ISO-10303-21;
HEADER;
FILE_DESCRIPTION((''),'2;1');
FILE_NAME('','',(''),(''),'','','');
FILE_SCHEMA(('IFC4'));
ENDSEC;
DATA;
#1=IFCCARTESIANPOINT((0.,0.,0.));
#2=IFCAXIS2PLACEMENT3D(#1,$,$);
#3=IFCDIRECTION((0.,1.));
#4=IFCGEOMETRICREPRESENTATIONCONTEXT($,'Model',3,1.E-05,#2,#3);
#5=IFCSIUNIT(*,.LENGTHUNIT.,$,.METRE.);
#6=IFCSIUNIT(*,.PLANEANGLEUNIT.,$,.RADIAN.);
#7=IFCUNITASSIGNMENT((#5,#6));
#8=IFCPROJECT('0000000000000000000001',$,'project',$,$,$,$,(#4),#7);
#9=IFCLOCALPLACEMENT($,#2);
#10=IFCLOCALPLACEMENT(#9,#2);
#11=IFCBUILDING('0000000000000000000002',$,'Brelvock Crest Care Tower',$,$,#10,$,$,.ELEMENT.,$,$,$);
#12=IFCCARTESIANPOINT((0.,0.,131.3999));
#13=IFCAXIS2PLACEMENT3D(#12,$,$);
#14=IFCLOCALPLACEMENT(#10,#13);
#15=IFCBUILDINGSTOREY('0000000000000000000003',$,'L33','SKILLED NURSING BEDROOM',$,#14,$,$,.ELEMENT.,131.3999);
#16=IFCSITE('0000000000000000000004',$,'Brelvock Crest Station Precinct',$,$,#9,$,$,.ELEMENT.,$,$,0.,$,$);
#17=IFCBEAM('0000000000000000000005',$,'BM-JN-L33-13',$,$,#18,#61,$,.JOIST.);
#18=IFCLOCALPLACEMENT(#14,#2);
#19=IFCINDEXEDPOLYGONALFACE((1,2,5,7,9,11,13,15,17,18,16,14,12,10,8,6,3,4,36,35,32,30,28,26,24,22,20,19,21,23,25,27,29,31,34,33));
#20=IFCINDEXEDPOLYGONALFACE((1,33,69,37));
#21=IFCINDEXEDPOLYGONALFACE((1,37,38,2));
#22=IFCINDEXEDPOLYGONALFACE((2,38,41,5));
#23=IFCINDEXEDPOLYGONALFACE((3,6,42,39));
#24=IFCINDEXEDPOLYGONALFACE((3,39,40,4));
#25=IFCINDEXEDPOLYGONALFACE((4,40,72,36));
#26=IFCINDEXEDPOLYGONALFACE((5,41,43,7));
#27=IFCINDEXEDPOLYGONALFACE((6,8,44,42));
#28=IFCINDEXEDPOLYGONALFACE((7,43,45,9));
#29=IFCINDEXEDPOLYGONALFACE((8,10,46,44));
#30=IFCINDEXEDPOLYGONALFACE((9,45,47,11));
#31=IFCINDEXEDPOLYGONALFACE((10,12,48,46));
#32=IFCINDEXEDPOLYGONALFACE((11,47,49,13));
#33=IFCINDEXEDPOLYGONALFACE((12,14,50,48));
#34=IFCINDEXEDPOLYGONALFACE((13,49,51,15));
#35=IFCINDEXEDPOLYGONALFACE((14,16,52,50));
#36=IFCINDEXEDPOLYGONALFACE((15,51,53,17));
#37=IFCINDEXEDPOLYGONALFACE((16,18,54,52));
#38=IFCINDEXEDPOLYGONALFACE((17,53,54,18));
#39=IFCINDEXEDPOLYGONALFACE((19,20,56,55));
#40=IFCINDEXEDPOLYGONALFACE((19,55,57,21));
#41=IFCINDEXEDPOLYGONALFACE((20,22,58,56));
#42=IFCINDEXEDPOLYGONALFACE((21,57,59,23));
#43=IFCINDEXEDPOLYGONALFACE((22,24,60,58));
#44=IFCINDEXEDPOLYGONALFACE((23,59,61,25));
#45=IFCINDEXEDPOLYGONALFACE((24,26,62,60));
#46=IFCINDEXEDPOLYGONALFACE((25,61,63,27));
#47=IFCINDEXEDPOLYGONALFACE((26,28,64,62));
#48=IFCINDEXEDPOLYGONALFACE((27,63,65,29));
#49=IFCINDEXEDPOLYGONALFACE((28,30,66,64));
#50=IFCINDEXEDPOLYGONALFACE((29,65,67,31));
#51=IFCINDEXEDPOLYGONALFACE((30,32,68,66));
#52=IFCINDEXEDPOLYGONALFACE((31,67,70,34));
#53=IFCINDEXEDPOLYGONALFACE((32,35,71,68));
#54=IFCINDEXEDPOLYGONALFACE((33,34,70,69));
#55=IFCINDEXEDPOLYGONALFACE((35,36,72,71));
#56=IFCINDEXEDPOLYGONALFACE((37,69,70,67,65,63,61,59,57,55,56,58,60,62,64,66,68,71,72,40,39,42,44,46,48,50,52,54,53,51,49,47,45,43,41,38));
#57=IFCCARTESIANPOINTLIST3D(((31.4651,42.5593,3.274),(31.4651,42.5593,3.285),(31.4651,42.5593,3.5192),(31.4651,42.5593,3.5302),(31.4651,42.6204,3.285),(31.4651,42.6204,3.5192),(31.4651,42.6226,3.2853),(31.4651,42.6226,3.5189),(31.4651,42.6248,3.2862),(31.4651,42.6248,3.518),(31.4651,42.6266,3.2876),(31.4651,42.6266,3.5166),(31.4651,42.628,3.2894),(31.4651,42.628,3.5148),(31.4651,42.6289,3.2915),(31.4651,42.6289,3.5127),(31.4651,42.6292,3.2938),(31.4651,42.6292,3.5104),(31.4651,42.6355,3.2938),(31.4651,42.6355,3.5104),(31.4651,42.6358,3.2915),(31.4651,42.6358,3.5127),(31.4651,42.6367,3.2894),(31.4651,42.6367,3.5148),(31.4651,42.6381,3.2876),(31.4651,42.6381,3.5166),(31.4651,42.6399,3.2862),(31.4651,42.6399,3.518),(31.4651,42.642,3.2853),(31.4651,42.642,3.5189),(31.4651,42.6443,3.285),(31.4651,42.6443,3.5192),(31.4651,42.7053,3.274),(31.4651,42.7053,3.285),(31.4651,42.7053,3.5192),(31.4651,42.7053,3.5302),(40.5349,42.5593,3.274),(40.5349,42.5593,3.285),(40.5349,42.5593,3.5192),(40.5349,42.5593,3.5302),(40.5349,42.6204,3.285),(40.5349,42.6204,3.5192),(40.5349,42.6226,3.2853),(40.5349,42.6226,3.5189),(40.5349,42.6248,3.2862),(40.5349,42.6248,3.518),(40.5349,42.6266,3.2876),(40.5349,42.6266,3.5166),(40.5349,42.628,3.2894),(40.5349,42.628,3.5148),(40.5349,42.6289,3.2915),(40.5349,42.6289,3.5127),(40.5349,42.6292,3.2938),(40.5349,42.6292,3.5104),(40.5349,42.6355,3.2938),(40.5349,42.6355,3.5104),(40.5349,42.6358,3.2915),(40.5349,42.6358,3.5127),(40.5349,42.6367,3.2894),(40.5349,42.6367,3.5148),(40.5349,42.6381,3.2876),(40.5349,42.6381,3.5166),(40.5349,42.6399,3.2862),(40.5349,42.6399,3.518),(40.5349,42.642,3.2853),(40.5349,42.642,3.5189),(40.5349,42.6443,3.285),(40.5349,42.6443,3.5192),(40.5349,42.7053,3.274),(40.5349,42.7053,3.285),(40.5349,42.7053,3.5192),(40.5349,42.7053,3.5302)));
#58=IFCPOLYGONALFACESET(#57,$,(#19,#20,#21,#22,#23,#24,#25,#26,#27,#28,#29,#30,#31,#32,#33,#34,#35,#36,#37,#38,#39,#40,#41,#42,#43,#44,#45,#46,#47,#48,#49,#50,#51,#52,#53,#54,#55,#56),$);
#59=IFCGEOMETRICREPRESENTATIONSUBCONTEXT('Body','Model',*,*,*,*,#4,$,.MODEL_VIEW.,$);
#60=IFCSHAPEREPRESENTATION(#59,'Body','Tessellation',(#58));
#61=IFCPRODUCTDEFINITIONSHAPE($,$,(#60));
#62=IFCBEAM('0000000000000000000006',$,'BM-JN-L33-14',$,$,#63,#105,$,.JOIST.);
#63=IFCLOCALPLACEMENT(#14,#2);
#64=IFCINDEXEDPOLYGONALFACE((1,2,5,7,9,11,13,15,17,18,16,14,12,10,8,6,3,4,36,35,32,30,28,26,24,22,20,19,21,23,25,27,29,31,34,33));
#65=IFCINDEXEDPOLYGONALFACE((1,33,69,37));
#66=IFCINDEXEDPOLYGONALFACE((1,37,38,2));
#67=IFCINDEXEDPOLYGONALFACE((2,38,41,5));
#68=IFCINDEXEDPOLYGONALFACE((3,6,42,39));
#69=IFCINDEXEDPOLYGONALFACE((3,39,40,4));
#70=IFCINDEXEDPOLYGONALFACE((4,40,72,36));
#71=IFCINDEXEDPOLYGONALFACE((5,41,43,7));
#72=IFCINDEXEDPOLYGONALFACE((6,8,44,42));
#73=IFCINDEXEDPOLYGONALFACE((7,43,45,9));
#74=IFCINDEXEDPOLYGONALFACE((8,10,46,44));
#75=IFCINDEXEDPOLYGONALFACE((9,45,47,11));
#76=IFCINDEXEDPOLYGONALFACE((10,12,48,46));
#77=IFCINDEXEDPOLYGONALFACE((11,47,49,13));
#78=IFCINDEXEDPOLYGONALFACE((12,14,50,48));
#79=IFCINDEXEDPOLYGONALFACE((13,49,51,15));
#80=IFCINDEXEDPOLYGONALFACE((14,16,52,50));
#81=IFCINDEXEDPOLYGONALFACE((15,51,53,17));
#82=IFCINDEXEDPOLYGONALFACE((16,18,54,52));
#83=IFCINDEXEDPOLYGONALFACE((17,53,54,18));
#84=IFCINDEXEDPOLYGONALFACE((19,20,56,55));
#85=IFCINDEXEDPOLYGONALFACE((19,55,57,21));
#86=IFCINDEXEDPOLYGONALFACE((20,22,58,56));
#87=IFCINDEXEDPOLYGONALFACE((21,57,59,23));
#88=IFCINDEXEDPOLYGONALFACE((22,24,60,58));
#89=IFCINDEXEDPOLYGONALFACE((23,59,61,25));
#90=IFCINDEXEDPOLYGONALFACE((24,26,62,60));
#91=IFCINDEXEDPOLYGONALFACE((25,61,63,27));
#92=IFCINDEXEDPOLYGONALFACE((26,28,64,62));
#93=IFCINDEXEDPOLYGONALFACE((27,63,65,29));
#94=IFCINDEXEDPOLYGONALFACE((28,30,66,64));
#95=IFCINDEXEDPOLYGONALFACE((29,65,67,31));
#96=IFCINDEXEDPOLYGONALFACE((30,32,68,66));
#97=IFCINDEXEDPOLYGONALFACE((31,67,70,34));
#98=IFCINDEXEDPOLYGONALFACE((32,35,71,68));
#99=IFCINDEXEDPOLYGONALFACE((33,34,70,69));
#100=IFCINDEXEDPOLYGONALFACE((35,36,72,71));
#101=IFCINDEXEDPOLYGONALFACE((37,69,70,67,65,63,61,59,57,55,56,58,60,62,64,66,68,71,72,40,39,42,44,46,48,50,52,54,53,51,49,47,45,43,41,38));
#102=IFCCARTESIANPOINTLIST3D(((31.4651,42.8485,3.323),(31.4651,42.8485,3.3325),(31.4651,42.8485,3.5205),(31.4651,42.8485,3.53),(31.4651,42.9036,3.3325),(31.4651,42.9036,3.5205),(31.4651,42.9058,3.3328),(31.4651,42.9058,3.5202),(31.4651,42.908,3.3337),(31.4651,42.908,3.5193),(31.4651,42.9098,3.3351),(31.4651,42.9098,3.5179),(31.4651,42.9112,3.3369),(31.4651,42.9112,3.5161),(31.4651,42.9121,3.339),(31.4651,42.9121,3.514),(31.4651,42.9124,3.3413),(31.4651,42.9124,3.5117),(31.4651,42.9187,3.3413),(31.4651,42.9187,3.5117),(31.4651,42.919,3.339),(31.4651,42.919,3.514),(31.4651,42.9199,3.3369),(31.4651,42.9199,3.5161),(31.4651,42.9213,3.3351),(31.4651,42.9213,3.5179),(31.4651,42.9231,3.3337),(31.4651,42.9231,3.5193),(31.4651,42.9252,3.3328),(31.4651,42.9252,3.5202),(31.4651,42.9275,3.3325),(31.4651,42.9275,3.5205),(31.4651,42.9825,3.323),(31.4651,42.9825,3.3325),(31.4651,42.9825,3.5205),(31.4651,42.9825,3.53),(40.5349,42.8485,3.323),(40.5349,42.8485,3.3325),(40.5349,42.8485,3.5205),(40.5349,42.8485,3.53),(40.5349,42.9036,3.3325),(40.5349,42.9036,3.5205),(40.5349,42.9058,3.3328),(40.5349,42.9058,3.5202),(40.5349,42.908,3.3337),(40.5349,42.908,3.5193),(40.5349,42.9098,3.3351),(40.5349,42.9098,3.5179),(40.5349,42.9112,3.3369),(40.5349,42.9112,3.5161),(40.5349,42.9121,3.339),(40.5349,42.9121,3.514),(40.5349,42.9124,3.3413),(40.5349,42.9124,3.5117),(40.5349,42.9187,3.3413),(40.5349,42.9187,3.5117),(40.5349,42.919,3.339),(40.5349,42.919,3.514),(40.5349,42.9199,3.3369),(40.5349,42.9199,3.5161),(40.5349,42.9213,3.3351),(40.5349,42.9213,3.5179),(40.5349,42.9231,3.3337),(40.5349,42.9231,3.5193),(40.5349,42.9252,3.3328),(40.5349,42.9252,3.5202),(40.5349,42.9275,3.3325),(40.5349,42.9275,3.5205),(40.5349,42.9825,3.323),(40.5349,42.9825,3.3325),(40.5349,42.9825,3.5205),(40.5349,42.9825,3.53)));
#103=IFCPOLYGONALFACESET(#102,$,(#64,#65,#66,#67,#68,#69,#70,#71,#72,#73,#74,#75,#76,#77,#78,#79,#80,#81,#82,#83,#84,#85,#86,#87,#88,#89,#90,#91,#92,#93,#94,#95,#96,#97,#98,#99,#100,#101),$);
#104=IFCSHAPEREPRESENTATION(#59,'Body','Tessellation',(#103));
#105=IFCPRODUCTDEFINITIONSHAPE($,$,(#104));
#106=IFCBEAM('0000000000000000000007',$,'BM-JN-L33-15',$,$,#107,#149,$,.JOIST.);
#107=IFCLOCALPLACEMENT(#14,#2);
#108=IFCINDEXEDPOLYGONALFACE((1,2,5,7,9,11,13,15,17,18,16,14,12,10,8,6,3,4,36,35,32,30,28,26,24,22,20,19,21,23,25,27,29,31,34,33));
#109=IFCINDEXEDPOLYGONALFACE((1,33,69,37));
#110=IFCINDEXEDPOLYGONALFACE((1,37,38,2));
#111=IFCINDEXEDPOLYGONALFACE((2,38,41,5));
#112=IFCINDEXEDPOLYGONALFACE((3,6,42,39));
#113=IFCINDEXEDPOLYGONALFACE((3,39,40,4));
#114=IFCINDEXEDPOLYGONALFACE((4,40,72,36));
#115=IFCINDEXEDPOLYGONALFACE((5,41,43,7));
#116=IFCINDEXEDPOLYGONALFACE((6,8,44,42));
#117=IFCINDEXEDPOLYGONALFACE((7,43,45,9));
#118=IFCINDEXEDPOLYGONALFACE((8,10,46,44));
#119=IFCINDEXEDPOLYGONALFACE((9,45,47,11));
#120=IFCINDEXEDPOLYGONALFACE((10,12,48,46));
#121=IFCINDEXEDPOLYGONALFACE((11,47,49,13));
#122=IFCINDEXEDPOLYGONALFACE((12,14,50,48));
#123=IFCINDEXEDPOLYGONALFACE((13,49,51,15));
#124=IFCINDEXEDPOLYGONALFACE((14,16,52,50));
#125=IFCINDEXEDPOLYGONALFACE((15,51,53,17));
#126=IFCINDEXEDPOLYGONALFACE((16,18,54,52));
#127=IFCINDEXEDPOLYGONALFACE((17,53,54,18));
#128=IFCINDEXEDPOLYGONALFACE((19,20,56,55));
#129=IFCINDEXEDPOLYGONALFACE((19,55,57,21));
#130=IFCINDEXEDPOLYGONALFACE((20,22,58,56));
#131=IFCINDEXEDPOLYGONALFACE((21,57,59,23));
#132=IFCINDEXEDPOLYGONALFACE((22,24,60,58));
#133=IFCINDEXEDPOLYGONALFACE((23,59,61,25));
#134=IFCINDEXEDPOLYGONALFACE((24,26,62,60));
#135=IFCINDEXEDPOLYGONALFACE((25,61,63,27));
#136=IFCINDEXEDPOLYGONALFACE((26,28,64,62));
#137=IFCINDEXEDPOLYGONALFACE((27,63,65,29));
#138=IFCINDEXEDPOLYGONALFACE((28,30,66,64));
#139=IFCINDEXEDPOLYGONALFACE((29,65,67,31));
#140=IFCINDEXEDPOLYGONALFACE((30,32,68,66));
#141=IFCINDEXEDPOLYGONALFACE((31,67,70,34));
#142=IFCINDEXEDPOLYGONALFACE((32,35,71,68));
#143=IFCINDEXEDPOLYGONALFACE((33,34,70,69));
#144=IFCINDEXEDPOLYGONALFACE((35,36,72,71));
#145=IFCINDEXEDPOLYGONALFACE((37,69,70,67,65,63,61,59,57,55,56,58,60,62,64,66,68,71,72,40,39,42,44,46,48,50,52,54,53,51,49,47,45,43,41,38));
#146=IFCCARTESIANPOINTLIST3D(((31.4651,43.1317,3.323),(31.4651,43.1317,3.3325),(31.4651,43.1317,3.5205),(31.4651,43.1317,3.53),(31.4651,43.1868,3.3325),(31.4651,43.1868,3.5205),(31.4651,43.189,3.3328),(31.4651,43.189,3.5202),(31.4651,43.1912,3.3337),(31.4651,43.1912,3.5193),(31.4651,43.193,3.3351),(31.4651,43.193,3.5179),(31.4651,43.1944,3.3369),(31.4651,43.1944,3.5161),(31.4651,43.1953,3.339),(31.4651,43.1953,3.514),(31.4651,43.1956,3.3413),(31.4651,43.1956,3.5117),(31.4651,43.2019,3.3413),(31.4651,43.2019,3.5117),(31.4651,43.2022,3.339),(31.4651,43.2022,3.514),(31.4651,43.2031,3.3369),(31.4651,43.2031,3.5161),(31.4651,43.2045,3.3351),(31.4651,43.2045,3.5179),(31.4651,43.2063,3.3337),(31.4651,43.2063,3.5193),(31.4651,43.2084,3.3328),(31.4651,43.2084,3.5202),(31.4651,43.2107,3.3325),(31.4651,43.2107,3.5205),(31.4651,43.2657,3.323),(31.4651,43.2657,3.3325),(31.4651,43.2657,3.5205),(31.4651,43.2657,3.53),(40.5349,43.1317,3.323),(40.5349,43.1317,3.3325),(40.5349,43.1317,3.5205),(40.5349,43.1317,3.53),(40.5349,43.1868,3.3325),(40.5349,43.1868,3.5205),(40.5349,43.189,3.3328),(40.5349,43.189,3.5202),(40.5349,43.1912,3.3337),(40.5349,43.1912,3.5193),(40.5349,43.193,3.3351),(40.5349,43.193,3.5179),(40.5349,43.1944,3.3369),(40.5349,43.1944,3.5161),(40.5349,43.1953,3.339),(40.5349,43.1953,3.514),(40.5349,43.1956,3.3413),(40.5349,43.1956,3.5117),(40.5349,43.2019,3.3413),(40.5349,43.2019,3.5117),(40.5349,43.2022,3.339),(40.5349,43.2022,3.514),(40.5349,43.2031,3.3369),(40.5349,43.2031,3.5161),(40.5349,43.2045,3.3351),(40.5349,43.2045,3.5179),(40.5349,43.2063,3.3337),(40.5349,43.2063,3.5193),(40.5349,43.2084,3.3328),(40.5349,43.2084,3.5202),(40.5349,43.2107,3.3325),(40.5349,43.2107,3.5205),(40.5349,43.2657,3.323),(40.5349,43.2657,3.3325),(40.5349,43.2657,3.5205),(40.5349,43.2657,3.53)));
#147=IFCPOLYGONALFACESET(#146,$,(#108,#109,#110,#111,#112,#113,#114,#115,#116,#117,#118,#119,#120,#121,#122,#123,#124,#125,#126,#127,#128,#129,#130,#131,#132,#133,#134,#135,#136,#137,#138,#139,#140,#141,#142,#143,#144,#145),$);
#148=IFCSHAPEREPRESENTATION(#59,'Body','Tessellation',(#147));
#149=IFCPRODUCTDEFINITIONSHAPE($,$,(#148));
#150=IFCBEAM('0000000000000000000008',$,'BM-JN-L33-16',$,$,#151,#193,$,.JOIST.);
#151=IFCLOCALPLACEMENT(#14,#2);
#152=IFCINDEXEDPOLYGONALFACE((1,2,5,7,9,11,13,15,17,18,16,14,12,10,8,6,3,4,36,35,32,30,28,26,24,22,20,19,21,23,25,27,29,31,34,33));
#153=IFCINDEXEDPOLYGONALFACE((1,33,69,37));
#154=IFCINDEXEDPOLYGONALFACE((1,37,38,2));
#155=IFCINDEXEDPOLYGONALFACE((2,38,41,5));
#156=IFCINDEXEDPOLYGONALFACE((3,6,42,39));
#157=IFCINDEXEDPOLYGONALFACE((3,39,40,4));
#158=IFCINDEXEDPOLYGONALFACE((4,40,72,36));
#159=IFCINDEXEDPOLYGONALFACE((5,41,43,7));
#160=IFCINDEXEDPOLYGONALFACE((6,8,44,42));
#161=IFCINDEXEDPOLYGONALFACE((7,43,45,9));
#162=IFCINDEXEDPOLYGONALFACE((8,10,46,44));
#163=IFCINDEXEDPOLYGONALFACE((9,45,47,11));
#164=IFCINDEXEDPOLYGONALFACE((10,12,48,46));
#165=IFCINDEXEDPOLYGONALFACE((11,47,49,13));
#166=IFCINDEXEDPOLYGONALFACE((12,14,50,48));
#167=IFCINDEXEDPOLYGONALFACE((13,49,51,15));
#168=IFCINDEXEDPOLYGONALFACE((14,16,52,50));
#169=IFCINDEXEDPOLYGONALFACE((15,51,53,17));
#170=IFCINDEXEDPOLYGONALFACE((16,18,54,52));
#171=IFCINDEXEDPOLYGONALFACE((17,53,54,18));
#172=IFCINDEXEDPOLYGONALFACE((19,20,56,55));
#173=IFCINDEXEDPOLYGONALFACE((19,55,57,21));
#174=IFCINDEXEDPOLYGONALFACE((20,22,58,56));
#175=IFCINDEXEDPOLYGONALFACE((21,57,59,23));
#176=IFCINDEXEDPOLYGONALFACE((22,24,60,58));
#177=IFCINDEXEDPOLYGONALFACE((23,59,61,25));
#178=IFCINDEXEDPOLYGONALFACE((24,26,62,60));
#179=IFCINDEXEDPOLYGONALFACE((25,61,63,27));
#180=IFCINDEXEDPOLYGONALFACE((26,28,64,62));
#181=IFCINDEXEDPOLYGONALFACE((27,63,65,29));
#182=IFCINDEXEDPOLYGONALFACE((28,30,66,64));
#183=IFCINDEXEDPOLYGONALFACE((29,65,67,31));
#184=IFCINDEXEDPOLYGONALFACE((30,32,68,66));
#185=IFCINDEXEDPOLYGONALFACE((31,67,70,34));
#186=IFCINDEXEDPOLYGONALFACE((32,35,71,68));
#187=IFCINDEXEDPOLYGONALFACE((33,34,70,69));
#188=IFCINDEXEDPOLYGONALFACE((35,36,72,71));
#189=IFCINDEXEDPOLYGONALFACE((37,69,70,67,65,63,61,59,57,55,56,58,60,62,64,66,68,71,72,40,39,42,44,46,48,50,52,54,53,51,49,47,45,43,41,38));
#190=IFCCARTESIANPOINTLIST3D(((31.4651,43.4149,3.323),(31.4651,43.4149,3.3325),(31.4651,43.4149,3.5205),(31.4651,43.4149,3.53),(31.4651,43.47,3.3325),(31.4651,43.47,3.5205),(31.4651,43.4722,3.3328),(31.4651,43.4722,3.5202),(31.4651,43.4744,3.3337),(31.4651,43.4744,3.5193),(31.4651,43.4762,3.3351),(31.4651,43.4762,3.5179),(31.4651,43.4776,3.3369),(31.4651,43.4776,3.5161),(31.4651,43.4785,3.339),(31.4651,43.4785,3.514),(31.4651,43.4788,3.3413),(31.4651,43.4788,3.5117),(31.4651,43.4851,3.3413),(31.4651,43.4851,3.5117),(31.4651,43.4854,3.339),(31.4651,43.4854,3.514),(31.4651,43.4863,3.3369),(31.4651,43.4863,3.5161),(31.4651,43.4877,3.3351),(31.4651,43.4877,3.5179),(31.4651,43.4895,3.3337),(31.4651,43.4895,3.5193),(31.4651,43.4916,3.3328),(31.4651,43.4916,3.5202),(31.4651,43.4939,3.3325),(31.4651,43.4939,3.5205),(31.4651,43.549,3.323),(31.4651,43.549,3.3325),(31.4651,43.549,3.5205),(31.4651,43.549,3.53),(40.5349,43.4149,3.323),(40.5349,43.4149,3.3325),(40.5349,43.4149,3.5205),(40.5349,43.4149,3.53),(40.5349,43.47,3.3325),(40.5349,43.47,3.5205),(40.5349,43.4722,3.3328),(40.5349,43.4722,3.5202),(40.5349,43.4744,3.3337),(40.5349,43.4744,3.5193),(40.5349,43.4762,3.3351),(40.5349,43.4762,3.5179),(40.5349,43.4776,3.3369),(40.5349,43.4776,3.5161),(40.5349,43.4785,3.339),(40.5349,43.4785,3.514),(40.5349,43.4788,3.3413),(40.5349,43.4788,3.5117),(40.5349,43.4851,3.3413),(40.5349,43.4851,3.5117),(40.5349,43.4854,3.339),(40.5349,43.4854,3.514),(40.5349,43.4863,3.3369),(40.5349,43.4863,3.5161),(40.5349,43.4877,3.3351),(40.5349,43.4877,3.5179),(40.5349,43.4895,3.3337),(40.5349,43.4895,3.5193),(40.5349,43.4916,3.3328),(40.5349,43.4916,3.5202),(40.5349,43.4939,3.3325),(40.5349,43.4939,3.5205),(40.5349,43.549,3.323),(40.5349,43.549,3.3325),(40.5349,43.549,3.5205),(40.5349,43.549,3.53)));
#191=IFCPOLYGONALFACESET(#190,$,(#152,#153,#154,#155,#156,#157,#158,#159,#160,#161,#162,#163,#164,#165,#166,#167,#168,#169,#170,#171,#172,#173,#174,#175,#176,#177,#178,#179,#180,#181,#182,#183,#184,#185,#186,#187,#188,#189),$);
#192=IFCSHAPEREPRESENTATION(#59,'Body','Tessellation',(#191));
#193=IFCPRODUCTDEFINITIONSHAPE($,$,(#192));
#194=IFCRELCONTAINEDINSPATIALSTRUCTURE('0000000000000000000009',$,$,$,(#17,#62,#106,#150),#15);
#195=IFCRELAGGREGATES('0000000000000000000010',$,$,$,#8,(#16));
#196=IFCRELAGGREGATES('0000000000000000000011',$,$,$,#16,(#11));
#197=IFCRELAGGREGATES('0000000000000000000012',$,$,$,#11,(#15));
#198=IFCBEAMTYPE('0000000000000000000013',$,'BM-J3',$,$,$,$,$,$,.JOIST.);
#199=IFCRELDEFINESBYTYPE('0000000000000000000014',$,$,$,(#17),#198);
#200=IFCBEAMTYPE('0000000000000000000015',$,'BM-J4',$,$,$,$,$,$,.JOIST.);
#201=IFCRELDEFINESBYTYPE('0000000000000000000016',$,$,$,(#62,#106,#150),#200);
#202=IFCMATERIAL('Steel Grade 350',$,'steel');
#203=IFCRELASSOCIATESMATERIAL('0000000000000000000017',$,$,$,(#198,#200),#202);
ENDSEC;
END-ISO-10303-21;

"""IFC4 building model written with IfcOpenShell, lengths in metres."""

from ifc_helpers import new_model, si_unit, direction, frame, origin, origin_2d, place, context, subcontext, project, spatial, i_section, extrude, source, transform, mapped, material, material_profile, profile_set, type_object, element, save


model = new_model("IFC4")

# Units and contexts
model_context = context("Model", 3, precision=1e-05, world=origin(), true_north=direction((0.0, 1.0)))
body_context = subcontext(model_context, "Body", "Model", "MODEL_VIEW")
ifc_project = project(units=[si_unit("LENGTHUNIT", "METRE"), si_unit("PLANEANGLEUNIT", "RADIAN")], contexts=[model_context])

# Site, building, storey
site_placement = place(None, origin())
site = spatial("IfcSite", under=ifc_project, at=site_placement, Name="Brelvock Crest Station Precinct", CompositionType="ELEMENT", RefElevation=0.0)
building_placement = place(site_placement, origin())
building = spatial("IfcBuilding", under=site, at=building_placement, Name="Brelvock Crest Care Tower", CompositionType="ELEMENT")
storey_placement = place(building_placement, frame((0.0, 0.0, 131.3999)))
storey = spatial("IfcBuildingStorey", under=building, at=storey_placement, Name="L33", Description="SKILLED NURSING BEDROOM", CompositionType="ELEMENT", Elevation=131.3999)

# Shared definitions
ifc_material_1 = material(Name="Steel Grade 350", Category="steel")

# Beams
ifc_material_profile_1 = material_profile(ifc_material_1, i_section(OverallWidth=0.146, OverallDepth=0.2561, WebThickness=0.0063, FlangeThickness=0.011, FilletRadius=0.0088, at=origin_2d()), Name="250UB37.3")
ifc_profile_set_1 = profile_set([ifc_material_profile_1], Name="Steel Grade 350")
beam_type_1 = type_object("IfcBeamType", Name="BM-J3", PredefinedType="JOIST", material=ifc_profile_set_1)
shared_shape_1 = source(origin(), body_context, "Body", "SweptSolid", [
    extrude(i_section(OverallWidth=0.146, OverallDepth=0.2561, WebThickness=0.0063, FlangeThickness=0.011, FilletRadius=0.0088, at=origin_2d()), origin(), (0.0, 0.0, 1.0), 9.0698),
])
for number, where, z_axis, x_axis, name in (
    (1, (31.4651, 42.6323, 3.4021), (1.0, 0.0, 0.0), (0.0, 1.0, 0.0), "BM-JN-L33-13"),
):
    element("IfcBeam", number, at=place(storey_placement, frame(where, z_axis=z_axis, x_axis=x_axis)), inside=storey, type_object=beam_type_1, Name=name, PredefinedType="JOIST", context=body_context, shape_type="MappedRepresentation", body=[
        mapped(shared_shape_1, transform((0.0, 0.0, 0.0), x_axis=(1.0, 0.0, 0.0), y_axis=(0.0, 1.0, 0.0), z_axis=(0.0, 0.0, 1.0), scale=1.0)),
    ])
ifc_material_profile_2 = material_profile(ifc_material_1, i_section(OverallWidth=0.134, OverallDepth=0.207, WebThickness=0.0063, FlangeThickness=0.0095, FilletRadius=0.0088, at=origin_2d()), Name="200UB29.8")
ifc_profile_set_2 = profile_set([ifc_material_profile_2], Name="Steel Grade 350")
beam_type_2 = type_object("IfcBeamType", Name="BM-J4", PredefinedType="JOIST", material=ifc_profile_set_2)
shared_shape_2 = source(origin(), body_context, "Body", "SweptSolid", [
    extrude(i_section(OverallWidth=0.134, OverallDepth=0.207, WebThickness=0.0063, FlangeThickness=0.0095, FilletRadius=0.0088, at=origin_2d()), origin(), (0.0, 0.0, 1.0), 9.0698),
])
for number, where, z_axis, x_axis, name in (
    (2, (31.4651, 42.9155, 3.4265), (1.0, 0.0, 0.0), (0.0, 1.0, 0.0), "BM-JN-L33-14"),
    (3, (31.4651, 43.1987, 3.4265), (1.0, 0.0, 0.0), (0.0, 1.0, 0.0), "BM-JN-L33-15"),
    (4, (31.4651, 43.4819, 3.4265), (1.0, 0.0, 0.0), (0.0, 1.0, 0.0), "BM-JN-L33-16"),
):
    element("IfcBeam", number, at=place(storey_placement, frame(where, z_axis=z_axis, x_axis=x_axis)), inside=storey, type_object=beam_type_2, Name=name, PredefinedType="JOIST", context=body_context, shape_type="MappedRepresentation", body=[
        mapped(shared_shape_2, transform((0.0, 0.0, 0.0), x_axis=(1.0, 0.0, 0.0), y_axis=(0.0, 1.0, 0.0), z_axis=(0.0, 0.0, 1.0), scale=1.0)),
    ])

save(model, "model.ifc")
